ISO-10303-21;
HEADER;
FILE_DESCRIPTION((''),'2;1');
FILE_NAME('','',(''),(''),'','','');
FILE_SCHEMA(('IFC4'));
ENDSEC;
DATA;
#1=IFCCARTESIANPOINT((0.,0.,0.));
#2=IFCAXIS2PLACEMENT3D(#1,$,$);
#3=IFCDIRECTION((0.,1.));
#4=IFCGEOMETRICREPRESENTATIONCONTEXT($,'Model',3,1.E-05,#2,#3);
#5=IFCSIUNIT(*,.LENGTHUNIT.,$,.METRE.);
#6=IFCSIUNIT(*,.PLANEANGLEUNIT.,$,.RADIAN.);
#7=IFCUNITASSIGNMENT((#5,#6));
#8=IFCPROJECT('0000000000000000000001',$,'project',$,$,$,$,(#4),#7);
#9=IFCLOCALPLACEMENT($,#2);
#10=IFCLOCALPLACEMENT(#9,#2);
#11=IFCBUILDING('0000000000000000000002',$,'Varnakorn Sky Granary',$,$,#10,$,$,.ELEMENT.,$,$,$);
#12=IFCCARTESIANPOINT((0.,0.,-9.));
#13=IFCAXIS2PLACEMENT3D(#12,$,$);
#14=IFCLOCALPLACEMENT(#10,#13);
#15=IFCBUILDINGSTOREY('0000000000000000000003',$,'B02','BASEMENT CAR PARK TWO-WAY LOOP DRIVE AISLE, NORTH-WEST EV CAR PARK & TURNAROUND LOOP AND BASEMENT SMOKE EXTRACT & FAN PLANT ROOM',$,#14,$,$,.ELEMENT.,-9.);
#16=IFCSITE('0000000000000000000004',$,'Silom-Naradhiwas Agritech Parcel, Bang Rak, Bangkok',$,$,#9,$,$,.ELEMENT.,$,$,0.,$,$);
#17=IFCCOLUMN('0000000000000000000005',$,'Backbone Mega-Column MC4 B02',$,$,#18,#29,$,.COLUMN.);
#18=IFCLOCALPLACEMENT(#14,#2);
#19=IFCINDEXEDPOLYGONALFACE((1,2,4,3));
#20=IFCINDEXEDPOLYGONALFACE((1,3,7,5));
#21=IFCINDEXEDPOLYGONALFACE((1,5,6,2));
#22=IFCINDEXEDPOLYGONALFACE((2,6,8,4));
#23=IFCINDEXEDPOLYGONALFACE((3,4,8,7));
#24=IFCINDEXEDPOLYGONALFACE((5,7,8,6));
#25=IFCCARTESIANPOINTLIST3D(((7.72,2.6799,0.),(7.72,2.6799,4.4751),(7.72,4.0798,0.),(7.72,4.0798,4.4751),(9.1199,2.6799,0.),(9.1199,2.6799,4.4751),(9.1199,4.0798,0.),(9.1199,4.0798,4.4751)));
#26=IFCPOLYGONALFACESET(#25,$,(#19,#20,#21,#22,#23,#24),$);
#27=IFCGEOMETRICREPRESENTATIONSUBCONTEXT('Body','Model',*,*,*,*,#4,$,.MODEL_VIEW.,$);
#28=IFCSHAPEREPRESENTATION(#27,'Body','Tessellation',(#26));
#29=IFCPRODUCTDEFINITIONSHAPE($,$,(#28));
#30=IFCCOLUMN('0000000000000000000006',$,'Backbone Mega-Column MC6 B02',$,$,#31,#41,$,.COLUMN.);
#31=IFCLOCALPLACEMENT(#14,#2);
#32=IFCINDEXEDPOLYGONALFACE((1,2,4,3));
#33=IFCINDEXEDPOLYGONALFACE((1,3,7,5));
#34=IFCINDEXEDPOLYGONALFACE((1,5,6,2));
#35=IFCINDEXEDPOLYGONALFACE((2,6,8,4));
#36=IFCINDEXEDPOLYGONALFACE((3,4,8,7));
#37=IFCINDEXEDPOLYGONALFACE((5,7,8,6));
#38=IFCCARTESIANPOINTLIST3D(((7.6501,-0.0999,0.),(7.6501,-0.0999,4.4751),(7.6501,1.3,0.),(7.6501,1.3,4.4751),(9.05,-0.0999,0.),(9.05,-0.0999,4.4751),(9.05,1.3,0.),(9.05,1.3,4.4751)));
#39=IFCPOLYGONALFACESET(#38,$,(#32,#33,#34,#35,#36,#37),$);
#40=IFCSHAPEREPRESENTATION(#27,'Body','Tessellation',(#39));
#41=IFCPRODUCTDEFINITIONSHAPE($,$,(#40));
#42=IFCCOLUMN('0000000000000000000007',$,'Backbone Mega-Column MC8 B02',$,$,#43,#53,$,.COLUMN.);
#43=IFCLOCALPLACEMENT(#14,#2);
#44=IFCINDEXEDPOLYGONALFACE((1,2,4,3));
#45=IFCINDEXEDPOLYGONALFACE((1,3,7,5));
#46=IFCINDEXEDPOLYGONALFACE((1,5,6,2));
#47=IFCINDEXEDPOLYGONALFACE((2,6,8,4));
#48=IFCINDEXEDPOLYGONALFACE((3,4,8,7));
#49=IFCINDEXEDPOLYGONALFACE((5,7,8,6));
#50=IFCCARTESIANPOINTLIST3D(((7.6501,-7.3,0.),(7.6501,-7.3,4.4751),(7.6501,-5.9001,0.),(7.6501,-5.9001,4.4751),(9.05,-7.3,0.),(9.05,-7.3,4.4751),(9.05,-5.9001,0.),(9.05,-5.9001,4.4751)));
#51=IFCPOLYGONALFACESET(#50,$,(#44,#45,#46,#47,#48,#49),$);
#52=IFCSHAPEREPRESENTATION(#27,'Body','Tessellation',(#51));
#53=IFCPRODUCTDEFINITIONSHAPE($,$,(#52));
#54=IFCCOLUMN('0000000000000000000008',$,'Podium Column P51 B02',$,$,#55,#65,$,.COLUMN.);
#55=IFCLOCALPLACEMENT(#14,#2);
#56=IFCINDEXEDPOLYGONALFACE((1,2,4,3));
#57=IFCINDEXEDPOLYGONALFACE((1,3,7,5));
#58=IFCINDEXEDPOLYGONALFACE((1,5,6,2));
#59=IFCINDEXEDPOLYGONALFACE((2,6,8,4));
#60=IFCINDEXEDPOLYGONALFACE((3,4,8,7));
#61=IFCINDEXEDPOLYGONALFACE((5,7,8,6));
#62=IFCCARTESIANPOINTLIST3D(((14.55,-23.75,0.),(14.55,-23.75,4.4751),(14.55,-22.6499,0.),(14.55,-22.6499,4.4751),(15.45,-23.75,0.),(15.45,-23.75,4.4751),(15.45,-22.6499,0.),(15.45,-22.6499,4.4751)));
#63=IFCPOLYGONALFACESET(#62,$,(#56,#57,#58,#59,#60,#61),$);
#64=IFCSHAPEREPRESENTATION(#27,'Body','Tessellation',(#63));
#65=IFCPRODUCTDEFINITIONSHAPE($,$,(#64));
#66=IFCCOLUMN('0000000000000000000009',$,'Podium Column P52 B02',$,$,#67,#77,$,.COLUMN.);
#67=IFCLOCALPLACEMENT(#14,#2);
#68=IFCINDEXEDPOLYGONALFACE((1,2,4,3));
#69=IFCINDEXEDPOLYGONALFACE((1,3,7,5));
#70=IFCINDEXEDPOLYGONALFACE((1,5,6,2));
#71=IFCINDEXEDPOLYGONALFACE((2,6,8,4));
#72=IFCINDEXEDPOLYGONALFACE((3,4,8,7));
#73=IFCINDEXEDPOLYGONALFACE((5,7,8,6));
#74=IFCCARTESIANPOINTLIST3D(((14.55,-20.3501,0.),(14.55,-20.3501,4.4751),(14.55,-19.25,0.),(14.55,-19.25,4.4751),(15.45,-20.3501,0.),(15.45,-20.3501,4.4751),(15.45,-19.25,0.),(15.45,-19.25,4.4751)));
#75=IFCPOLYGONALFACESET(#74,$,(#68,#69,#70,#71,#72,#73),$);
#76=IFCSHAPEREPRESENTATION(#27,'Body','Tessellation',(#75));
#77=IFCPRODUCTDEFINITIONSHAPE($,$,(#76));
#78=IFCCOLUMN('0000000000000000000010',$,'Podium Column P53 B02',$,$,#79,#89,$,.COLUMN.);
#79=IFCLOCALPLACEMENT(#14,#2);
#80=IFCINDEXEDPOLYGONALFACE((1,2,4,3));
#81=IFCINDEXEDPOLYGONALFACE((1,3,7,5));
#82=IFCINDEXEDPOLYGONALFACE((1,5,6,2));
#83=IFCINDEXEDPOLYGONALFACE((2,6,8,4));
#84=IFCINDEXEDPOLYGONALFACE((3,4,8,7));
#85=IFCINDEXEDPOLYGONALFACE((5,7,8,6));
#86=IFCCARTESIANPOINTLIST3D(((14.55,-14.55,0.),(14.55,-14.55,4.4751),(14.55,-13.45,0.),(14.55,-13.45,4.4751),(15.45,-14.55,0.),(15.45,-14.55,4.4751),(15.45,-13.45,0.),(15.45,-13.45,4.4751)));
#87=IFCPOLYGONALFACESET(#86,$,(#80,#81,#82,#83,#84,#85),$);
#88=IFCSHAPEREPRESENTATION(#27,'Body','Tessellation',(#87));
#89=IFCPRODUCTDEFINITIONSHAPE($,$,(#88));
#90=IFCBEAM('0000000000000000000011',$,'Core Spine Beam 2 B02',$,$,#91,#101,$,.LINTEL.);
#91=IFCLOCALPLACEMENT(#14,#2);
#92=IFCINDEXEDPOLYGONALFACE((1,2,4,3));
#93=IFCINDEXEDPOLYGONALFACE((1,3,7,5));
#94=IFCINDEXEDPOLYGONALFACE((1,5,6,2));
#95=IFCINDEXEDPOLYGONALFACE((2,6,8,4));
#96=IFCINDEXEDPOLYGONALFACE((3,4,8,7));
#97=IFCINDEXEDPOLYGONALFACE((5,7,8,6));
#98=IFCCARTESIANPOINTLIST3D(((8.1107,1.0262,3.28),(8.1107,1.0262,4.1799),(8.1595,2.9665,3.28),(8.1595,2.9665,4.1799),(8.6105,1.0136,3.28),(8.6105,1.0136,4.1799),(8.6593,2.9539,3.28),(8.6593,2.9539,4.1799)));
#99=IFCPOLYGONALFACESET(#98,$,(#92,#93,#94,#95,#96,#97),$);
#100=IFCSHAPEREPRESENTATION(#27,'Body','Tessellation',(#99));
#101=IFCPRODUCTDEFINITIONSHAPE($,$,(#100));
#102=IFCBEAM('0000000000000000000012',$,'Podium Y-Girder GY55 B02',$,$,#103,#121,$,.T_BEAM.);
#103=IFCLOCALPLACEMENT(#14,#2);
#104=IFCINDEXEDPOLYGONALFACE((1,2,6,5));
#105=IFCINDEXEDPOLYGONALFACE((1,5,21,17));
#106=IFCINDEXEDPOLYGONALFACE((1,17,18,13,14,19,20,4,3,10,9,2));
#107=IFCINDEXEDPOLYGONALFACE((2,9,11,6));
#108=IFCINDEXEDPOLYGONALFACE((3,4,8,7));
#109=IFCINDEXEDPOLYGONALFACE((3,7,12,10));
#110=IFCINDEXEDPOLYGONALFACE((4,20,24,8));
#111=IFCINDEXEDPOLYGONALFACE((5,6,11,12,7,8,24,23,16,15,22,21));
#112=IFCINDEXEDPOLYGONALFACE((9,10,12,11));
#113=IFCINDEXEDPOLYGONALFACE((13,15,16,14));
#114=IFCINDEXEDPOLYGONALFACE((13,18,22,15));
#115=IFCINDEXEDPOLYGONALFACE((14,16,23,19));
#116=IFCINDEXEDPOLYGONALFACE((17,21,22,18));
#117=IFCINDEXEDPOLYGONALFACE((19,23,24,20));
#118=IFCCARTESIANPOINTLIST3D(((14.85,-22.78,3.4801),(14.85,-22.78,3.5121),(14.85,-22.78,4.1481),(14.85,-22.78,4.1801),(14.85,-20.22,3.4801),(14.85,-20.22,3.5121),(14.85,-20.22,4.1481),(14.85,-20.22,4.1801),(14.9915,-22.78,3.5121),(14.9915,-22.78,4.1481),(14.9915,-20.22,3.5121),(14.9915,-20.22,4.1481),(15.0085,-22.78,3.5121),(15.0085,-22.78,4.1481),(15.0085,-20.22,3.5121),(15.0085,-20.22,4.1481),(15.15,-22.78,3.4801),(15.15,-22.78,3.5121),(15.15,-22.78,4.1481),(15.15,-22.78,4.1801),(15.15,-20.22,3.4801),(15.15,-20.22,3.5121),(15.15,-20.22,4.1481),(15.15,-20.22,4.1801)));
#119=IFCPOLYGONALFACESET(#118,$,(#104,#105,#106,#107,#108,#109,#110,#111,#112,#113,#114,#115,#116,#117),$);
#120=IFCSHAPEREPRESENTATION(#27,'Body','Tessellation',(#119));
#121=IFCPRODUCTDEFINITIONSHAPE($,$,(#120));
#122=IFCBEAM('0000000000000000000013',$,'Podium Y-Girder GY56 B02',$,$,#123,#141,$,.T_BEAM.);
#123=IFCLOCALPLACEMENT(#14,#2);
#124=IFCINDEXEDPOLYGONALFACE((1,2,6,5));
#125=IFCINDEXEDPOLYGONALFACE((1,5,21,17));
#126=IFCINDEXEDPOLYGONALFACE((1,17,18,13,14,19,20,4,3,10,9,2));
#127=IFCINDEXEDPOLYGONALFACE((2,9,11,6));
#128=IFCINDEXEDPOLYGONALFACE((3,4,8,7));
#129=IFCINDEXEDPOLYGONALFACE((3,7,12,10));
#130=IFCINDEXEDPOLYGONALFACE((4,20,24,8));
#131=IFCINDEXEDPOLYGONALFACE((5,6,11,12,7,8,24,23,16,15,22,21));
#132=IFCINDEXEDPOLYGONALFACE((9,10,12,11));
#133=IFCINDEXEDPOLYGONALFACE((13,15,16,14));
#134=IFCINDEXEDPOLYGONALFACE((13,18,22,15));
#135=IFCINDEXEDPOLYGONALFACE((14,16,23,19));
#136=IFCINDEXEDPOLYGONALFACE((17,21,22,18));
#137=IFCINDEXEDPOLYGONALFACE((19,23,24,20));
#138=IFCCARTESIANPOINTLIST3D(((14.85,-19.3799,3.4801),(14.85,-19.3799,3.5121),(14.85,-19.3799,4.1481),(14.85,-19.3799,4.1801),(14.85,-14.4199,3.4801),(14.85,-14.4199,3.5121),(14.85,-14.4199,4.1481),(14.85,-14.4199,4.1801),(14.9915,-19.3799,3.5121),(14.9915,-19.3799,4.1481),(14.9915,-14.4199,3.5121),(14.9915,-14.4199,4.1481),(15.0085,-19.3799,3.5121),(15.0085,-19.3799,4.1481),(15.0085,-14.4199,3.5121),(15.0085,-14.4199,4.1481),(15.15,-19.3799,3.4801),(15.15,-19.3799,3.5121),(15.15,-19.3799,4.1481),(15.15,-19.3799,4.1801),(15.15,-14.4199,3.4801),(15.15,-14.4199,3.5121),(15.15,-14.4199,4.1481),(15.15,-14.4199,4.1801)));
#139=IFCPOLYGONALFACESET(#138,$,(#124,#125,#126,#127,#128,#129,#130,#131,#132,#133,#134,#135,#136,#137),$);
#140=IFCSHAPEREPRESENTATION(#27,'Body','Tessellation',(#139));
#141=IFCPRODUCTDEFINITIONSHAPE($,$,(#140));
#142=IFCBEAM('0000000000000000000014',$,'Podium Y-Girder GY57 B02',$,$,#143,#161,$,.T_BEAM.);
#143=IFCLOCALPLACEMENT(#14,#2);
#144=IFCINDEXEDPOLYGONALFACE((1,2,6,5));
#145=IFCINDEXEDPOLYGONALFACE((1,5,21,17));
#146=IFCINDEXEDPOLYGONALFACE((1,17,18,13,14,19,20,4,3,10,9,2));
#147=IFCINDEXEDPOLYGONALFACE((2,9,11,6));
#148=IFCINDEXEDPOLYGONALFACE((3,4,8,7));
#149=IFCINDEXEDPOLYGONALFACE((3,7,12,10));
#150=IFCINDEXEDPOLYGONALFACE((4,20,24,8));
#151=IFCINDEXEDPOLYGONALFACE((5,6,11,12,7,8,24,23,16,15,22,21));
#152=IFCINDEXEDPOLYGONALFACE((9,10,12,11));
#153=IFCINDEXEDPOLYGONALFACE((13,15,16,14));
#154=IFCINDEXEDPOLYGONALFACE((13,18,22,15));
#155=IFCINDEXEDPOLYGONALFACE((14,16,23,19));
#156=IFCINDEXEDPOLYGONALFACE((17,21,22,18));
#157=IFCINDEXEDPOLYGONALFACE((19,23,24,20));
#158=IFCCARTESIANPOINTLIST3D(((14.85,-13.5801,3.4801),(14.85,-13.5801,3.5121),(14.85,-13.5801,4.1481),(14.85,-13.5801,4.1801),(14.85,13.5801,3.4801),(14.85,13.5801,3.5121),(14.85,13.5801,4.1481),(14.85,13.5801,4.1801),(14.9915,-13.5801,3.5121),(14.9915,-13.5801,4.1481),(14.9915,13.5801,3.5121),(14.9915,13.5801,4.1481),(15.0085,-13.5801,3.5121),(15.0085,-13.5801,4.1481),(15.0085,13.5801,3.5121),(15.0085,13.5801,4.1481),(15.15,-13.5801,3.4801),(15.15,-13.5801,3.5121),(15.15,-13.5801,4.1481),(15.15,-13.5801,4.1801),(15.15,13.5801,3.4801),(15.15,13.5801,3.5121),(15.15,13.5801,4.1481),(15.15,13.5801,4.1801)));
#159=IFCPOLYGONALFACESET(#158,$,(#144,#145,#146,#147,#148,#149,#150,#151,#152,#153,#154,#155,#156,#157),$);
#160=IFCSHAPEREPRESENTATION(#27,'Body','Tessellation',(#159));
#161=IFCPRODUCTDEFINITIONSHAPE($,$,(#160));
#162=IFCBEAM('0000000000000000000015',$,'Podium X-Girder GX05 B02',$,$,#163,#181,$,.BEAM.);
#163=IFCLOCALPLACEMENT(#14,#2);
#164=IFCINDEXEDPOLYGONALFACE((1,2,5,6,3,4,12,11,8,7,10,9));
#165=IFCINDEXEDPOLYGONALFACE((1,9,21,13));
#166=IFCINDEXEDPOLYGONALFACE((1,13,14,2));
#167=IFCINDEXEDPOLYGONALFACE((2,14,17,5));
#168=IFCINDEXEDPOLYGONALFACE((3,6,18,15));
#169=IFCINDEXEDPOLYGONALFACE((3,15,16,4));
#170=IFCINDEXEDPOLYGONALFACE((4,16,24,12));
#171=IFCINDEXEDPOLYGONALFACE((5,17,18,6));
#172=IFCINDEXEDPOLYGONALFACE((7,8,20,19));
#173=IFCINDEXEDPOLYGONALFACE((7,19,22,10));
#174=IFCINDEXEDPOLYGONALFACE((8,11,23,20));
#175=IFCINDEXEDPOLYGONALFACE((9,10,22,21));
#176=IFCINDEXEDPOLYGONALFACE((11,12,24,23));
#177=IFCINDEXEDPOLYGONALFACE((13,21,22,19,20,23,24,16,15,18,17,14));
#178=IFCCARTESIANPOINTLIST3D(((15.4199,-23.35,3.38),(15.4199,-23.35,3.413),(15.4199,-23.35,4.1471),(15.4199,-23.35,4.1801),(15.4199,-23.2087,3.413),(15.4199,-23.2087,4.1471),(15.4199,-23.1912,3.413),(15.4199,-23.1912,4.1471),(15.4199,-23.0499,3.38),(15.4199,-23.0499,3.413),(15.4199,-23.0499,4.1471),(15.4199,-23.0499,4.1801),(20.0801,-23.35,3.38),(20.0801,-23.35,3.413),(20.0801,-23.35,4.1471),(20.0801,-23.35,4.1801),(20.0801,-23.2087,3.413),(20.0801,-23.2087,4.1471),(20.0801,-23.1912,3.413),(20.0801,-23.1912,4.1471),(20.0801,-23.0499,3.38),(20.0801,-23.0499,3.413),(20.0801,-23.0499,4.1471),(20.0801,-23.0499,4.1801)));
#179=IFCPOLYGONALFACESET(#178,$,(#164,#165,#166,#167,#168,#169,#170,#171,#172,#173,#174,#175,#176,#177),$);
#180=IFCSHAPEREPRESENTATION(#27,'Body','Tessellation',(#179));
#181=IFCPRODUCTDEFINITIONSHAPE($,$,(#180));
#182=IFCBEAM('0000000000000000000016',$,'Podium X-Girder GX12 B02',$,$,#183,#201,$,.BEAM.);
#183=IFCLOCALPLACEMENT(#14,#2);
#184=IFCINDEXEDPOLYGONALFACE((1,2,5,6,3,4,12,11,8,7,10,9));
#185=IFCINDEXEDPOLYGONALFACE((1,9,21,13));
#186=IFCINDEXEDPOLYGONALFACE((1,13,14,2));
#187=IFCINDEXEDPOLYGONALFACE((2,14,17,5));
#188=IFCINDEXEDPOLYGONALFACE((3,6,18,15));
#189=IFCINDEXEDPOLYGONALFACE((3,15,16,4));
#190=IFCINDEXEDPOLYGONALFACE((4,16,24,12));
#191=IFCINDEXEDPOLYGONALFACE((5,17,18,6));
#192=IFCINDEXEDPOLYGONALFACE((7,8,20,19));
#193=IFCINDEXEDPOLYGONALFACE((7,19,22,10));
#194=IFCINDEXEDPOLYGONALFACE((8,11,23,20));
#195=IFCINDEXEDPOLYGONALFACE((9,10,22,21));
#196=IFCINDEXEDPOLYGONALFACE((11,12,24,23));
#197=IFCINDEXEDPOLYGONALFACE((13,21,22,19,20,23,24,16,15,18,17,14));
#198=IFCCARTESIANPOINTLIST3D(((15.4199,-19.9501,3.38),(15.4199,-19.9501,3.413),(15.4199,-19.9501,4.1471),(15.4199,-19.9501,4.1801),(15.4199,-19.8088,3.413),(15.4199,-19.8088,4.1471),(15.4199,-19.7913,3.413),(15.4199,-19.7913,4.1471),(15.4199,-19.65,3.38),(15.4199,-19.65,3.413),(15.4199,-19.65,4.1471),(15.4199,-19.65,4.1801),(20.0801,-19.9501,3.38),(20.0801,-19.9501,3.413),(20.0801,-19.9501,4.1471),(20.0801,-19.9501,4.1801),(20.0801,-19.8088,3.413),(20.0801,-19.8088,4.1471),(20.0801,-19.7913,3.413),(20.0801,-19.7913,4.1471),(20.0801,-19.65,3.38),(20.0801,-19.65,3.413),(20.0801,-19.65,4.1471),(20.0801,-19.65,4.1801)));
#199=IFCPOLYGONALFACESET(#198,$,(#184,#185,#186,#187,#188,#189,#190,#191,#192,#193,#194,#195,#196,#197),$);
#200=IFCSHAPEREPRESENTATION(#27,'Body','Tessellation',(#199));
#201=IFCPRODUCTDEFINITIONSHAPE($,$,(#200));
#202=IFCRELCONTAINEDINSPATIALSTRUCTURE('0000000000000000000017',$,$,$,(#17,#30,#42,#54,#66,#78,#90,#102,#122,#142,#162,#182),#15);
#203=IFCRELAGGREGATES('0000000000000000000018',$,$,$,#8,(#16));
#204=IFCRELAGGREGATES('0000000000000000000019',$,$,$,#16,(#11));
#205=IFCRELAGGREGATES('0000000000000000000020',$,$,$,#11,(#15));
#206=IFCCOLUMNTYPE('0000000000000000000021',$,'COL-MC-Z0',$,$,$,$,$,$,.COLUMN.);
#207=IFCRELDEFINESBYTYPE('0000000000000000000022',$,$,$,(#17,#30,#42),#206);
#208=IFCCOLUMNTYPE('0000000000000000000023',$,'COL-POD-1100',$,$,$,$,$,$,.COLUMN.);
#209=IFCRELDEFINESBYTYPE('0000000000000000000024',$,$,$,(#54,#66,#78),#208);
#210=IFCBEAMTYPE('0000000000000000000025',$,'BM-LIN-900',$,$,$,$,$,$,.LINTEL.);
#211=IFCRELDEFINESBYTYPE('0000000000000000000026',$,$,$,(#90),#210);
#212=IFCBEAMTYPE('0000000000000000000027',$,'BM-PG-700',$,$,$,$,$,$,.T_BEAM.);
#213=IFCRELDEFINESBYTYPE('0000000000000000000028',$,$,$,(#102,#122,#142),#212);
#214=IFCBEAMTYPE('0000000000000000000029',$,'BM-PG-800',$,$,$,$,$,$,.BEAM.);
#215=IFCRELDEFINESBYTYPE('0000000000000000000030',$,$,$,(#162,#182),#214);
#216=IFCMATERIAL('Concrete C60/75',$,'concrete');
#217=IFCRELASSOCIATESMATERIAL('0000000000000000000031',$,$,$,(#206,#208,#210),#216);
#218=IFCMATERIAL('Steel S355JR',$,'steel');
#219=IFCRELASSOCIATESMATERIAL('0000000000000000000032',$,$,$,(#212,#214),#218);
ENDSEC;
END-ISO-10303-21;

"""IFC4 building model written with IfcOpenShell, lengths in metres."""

from ifc_helpers import new_model, si_unit, direction, frame, origin, origin_2d, place, context, subcontext, project, spatial, rectangle, i_section, extrude, material, material_profile, profile_set, type_object, element, save


model = new_model("IFC4")

# Units and contexts
model_context = context("Model", 3, precision=1e-05, world=origin(), true_north=direction((0.0, 1.0)))
body_context = subcontext(model_context, "Body", "Model", "MODEL_VIEW")
ifc_project = project(units=[si_unit("LENGTHUNIT", "METRE"), si_unit("PLANEANGLEUNIT", "RADIAN")], contexts=[model_context])

# Site, building, storey
site_placement = place(None, origin())
site = spatial("IfcSite", under=ifc_project, at=site_placement, Name="Silom-Naradhiwas Agritech Parcel, Bang Rak, Bangkok", CompositionType="ELEMENT", RefElevation=0.0)
building_placement = place(site_placement, origin())
building = spatial("IfcBuilding", under=site, at=building_placement, Name="Varnakorn Sky Granary", CompositionType="ELEMENT")
storey_placement = place(building_placement, frame((0.0, 0.0, -9.0)))
storey = spatial("IfcBuildingStorey", under=building, at=storey_placement, Name="B02", Description="BASEMENT CAR PARK TWO-WAY LOOP DRIVE AISLE, NORTH-WEST EV CAR PARK & TURNAROUND LOOP AND BASEMENT SMOKE EXTRACT & FAN PLANT ROOM", CompositionType="ELEMENT", Elevation=-9.0)

# Columns
ifc_material_1 = material(Name="Concrete C60/75", Category="concrete")
ifc_material_profile_1 = material_profile(ifc_material_1, rectangle(XDim=1.3999, YDim=1.3999, at=origin_2d()), Name="RC 1400x1400")
ifc_profile_set_1 = profile_set([ifc_material_profile_1], Name="Concrete C60/75")
column_type_1 = type_object("IfcColumnType", Name="COL-MC-Z0", PredefinedType="COLUMN", material=ifc_profile_set_1)
for number, where, z_axis, x_axis, name in (
    (1, (8.4199, 3.3799, 0.0), (0.0, 0.0, 1.0), (1.0, 0.0, 0.0), "Backbone Mega-Column MC4 B02"),
    (2, (8.3501, 0.6001, 0.0), (0.0, 0.0, 1.0), (1.0, 0.0, 0.0), "Backbone Mega-Column MC6 B02"),
    (3, (8.3501, -6.6001, 0.0), (0.0, 0.0, 1.0), (1.0, 0.0, 0.0), "Backbone Mega-Column MC8 B02"),
):
    element("IfcColumn", number, at=place(storey_placement, frame(where, z_axis=z_axis, x_axis=x_axis)), inside=storey, type_object=column_type_1, Name=name, PredefinedType="COLUMN", context=body_context, shape_type="SweptSolid", body=[
        extrude(rectangle(XDim=1.3999, YDim=1.3999, at=origin_2d()), origin(), (0.0, 0.0, 1.0), 4.4751),
    ])
ifc_material_profile_2 = material_profile(ifc_material_1, rectangle(XDim=0.8999, YDim=1.1001, at=origin_2d()), Name="RC 900x1100")
ifc_profile_set_2 = profile_set([ifc_material_profile_2], Name="Concrete C60/75")
column_type_2 = type_object("IfcColumnType", Name="COL-POD-1100", PredefinedType="COLUMN", material=ifc_profile_set_2)
for number, where, z_axis, x_axis, name in (
    (4, (15.0, -23.2, 0.0), (0.0, 0.0, 1.0), (1.0, 0.0, 0.0), "Podium Column P51 B02"),
    (5, (15.0, -19.8, 0.0), (0.0, 0.0, 1.0), (1.0, 0.0, 0.0), "Podium Column P52 B02"),
    (6, (15.0, -14.0, 0.0), (0.0, 0.0, 1.0), (1.0, 0.0, 0.0), "Podium Column P53 B02"),
):
    element("IfcColumn", number, at=place(storey_placement, frame(where, z_axis=z_axis, x_axis=x_axis)), inside=storey, type_object=column_type_2, Name=name, PredefinedType="COLUMN", context=body_context, shape_type="SweptSolid", body=[
        extrude(rectangle(XDim=0.8999, YDim=1.1001, at=origin_2d()), origin(), (0.0, 0.0, 1.0), 4.4751),
    ])

# Beams
ifc_material_profile_3 = material_profile(ifc_material_1, rectangle(XDim=0.5, YDim=0.8999, at=origin_2d()), Name="RC 500x900")
ifc_profile_set_3 = profile_set([ifc_material_profile_3], Name="Concrete C60/75")
beam_type_1 = type_object("IfcBeamType", Name="BM-LIN-900", PredefinedType="LINTEL", material=ifc_profile_set_3)
beam_1_placement = place(storey_placement, frame((8.4094, 2.9602, 3.73), z_axis=(-0.025159, -0.999683, 0.0), x_axis=(0.999683, -0.025159, 0.0)))
element("IfcBeam", 7, at=beam_1_placement, inside=storey, type_object=beam_type_1, Name="Core Spine Beam 2 B02", PredefinedType="LINTEL", context=body_context, shape_type="SweptSolid", body=[
    extrude(rectangle(XDim=0.5, YDim=0.8999, at=origin_2d()), origin(), (0.0, 0.0, 1.0), 1.9409),
])
ifc_material_2 = material(Name="Steel S355JR", Category="steel")
ifc_material_profile_4 = material_profile(ifc_material_2, i_section(OverallWidth=0.3, OverallDepth=0.7, WebThickness=0.0171, FlangeThickness=0.032, at=origin_2d()), Name="HE 700 B")
ifc_profile_set_4 = profile_set([ifc_material_profile_4], Name="Steel S355JR")
beam_type_2 = type_object("IfcBeamType", Name="BM-PG-700", PredefinedType="T_BEAM", material=ifc_profile_set_4)
beam_2_placement = place(storey_placement, frame((15.0, -22.78, 3.8301), z_axis=(0.0, 1.0, 0.0), x_axis=(-1.0, 0.0, 0.0)))
element("IfcBeam", 8, at=beam_2_placement, inside=storey, type_object=beam_type_2, Name="Podium Y-Girder GY55 B02", PredefinedType="T_BEAM", context=body_context, shape_type="SweptSolid", body=[
    extrude(i_section(OverallWidth=0.3, OverallDepth=0.7, WebThickness=0.0171, FlangeThickness=0.032, at=origin_2d()), origin(), (0.0, 0.0, 1.0), 2.5601),
])
beam_3_placement = place(storey_placement, frame((15.0, -19.3799, 3.8301), z_axis=(0.0, 1.0, 0.0), x_axis=(-1.0, 0.0, 0.0)))
element("IfcBeam", 9, at=beam_3_placement, inside=storey, type_object=beam_type_2, Name="Podium Y-Girder GY56 B02", PredefinedType="T_BEAM", context=body_context, shape_type="SweptSolid", body=[
    extrude(i_section(OverallWidth=0.3, OverallDepth=0.7, WebThickness=0.0171, FlangeThickness=0.032, at=origin_2d()), origin(), (0.0, 0.0, 1.0), 4.96),
])
beam_4_placement = place(storey_placement, frame((15.0, -13.5801, 3.8301), z_axis=(0.0, 1.0, 0.0), x_axis=(-1.0, 0.0, 0.0)))
element("IfcBeam", 10, at=beam_4_placement, inside=storey, type_object=beam_type_2, Name="Podium Y-Girder GY57 B02", PredefinedType="T_BEAM", context=body_context, shape_type="SweptSolid", body=[
    extrude(i_section(OverallWidth=0.3, OverallDepth=0.7, WebThickness=0.0171, FlangeThickness=0.032, at=origin_2d()), origin(), (0.0, 0.0, 1.0), 27.1602),
])
ifc_material_profile_5 = material_profile(ifc_material_2, i_section(OverallWidth=0.3, OverallDepth=0.8, WebThickness=0.0176, FlangeThickness=0.033, at=origin_2d()), Name="HE 800 B")
ifc_profile_set_5 = profile_set([ifc_material_profile_5], Name="Steel S355JR")
beam_type_3 = type_object("IfcBeamType", Name="BM-PG-800", PredefinedType="BEAM", material=ifc_profile_set_5)
for number, where, z_axis, x_axis, name in (
    (11, (15.4199, -23.2, 3.78), (1.0, 0.0, 0.0), (0.0, 1.0, 0.0), "Podium X-Girder GX05 B02"),
    (12, (15.4199, -19.8, 3.78), (1.0, 0.0, 0.0), (0.0, 1.0, 0.0), "Podium X-Girder GX12 B02"),
):
    element("IfcBeam", number, at=place(storey_placement, frame(where, z_axis=z_axis, x_axis=x_axis)), inside=storey, type_object=beam_type_3, Name=name, PredefinedType="BEAM", context=body_context, shape_type="SweptSolid", body=[
        extrude(i_section(OverallWidth=0.3, OverallDepth=0.8, WebThickness=0.0176, FlangeThickness=0.033, at=origin_2d()), origin(), (0.0, 0.0, 1.0), 4.6602),
    ])

save(model, "model.ifc")
